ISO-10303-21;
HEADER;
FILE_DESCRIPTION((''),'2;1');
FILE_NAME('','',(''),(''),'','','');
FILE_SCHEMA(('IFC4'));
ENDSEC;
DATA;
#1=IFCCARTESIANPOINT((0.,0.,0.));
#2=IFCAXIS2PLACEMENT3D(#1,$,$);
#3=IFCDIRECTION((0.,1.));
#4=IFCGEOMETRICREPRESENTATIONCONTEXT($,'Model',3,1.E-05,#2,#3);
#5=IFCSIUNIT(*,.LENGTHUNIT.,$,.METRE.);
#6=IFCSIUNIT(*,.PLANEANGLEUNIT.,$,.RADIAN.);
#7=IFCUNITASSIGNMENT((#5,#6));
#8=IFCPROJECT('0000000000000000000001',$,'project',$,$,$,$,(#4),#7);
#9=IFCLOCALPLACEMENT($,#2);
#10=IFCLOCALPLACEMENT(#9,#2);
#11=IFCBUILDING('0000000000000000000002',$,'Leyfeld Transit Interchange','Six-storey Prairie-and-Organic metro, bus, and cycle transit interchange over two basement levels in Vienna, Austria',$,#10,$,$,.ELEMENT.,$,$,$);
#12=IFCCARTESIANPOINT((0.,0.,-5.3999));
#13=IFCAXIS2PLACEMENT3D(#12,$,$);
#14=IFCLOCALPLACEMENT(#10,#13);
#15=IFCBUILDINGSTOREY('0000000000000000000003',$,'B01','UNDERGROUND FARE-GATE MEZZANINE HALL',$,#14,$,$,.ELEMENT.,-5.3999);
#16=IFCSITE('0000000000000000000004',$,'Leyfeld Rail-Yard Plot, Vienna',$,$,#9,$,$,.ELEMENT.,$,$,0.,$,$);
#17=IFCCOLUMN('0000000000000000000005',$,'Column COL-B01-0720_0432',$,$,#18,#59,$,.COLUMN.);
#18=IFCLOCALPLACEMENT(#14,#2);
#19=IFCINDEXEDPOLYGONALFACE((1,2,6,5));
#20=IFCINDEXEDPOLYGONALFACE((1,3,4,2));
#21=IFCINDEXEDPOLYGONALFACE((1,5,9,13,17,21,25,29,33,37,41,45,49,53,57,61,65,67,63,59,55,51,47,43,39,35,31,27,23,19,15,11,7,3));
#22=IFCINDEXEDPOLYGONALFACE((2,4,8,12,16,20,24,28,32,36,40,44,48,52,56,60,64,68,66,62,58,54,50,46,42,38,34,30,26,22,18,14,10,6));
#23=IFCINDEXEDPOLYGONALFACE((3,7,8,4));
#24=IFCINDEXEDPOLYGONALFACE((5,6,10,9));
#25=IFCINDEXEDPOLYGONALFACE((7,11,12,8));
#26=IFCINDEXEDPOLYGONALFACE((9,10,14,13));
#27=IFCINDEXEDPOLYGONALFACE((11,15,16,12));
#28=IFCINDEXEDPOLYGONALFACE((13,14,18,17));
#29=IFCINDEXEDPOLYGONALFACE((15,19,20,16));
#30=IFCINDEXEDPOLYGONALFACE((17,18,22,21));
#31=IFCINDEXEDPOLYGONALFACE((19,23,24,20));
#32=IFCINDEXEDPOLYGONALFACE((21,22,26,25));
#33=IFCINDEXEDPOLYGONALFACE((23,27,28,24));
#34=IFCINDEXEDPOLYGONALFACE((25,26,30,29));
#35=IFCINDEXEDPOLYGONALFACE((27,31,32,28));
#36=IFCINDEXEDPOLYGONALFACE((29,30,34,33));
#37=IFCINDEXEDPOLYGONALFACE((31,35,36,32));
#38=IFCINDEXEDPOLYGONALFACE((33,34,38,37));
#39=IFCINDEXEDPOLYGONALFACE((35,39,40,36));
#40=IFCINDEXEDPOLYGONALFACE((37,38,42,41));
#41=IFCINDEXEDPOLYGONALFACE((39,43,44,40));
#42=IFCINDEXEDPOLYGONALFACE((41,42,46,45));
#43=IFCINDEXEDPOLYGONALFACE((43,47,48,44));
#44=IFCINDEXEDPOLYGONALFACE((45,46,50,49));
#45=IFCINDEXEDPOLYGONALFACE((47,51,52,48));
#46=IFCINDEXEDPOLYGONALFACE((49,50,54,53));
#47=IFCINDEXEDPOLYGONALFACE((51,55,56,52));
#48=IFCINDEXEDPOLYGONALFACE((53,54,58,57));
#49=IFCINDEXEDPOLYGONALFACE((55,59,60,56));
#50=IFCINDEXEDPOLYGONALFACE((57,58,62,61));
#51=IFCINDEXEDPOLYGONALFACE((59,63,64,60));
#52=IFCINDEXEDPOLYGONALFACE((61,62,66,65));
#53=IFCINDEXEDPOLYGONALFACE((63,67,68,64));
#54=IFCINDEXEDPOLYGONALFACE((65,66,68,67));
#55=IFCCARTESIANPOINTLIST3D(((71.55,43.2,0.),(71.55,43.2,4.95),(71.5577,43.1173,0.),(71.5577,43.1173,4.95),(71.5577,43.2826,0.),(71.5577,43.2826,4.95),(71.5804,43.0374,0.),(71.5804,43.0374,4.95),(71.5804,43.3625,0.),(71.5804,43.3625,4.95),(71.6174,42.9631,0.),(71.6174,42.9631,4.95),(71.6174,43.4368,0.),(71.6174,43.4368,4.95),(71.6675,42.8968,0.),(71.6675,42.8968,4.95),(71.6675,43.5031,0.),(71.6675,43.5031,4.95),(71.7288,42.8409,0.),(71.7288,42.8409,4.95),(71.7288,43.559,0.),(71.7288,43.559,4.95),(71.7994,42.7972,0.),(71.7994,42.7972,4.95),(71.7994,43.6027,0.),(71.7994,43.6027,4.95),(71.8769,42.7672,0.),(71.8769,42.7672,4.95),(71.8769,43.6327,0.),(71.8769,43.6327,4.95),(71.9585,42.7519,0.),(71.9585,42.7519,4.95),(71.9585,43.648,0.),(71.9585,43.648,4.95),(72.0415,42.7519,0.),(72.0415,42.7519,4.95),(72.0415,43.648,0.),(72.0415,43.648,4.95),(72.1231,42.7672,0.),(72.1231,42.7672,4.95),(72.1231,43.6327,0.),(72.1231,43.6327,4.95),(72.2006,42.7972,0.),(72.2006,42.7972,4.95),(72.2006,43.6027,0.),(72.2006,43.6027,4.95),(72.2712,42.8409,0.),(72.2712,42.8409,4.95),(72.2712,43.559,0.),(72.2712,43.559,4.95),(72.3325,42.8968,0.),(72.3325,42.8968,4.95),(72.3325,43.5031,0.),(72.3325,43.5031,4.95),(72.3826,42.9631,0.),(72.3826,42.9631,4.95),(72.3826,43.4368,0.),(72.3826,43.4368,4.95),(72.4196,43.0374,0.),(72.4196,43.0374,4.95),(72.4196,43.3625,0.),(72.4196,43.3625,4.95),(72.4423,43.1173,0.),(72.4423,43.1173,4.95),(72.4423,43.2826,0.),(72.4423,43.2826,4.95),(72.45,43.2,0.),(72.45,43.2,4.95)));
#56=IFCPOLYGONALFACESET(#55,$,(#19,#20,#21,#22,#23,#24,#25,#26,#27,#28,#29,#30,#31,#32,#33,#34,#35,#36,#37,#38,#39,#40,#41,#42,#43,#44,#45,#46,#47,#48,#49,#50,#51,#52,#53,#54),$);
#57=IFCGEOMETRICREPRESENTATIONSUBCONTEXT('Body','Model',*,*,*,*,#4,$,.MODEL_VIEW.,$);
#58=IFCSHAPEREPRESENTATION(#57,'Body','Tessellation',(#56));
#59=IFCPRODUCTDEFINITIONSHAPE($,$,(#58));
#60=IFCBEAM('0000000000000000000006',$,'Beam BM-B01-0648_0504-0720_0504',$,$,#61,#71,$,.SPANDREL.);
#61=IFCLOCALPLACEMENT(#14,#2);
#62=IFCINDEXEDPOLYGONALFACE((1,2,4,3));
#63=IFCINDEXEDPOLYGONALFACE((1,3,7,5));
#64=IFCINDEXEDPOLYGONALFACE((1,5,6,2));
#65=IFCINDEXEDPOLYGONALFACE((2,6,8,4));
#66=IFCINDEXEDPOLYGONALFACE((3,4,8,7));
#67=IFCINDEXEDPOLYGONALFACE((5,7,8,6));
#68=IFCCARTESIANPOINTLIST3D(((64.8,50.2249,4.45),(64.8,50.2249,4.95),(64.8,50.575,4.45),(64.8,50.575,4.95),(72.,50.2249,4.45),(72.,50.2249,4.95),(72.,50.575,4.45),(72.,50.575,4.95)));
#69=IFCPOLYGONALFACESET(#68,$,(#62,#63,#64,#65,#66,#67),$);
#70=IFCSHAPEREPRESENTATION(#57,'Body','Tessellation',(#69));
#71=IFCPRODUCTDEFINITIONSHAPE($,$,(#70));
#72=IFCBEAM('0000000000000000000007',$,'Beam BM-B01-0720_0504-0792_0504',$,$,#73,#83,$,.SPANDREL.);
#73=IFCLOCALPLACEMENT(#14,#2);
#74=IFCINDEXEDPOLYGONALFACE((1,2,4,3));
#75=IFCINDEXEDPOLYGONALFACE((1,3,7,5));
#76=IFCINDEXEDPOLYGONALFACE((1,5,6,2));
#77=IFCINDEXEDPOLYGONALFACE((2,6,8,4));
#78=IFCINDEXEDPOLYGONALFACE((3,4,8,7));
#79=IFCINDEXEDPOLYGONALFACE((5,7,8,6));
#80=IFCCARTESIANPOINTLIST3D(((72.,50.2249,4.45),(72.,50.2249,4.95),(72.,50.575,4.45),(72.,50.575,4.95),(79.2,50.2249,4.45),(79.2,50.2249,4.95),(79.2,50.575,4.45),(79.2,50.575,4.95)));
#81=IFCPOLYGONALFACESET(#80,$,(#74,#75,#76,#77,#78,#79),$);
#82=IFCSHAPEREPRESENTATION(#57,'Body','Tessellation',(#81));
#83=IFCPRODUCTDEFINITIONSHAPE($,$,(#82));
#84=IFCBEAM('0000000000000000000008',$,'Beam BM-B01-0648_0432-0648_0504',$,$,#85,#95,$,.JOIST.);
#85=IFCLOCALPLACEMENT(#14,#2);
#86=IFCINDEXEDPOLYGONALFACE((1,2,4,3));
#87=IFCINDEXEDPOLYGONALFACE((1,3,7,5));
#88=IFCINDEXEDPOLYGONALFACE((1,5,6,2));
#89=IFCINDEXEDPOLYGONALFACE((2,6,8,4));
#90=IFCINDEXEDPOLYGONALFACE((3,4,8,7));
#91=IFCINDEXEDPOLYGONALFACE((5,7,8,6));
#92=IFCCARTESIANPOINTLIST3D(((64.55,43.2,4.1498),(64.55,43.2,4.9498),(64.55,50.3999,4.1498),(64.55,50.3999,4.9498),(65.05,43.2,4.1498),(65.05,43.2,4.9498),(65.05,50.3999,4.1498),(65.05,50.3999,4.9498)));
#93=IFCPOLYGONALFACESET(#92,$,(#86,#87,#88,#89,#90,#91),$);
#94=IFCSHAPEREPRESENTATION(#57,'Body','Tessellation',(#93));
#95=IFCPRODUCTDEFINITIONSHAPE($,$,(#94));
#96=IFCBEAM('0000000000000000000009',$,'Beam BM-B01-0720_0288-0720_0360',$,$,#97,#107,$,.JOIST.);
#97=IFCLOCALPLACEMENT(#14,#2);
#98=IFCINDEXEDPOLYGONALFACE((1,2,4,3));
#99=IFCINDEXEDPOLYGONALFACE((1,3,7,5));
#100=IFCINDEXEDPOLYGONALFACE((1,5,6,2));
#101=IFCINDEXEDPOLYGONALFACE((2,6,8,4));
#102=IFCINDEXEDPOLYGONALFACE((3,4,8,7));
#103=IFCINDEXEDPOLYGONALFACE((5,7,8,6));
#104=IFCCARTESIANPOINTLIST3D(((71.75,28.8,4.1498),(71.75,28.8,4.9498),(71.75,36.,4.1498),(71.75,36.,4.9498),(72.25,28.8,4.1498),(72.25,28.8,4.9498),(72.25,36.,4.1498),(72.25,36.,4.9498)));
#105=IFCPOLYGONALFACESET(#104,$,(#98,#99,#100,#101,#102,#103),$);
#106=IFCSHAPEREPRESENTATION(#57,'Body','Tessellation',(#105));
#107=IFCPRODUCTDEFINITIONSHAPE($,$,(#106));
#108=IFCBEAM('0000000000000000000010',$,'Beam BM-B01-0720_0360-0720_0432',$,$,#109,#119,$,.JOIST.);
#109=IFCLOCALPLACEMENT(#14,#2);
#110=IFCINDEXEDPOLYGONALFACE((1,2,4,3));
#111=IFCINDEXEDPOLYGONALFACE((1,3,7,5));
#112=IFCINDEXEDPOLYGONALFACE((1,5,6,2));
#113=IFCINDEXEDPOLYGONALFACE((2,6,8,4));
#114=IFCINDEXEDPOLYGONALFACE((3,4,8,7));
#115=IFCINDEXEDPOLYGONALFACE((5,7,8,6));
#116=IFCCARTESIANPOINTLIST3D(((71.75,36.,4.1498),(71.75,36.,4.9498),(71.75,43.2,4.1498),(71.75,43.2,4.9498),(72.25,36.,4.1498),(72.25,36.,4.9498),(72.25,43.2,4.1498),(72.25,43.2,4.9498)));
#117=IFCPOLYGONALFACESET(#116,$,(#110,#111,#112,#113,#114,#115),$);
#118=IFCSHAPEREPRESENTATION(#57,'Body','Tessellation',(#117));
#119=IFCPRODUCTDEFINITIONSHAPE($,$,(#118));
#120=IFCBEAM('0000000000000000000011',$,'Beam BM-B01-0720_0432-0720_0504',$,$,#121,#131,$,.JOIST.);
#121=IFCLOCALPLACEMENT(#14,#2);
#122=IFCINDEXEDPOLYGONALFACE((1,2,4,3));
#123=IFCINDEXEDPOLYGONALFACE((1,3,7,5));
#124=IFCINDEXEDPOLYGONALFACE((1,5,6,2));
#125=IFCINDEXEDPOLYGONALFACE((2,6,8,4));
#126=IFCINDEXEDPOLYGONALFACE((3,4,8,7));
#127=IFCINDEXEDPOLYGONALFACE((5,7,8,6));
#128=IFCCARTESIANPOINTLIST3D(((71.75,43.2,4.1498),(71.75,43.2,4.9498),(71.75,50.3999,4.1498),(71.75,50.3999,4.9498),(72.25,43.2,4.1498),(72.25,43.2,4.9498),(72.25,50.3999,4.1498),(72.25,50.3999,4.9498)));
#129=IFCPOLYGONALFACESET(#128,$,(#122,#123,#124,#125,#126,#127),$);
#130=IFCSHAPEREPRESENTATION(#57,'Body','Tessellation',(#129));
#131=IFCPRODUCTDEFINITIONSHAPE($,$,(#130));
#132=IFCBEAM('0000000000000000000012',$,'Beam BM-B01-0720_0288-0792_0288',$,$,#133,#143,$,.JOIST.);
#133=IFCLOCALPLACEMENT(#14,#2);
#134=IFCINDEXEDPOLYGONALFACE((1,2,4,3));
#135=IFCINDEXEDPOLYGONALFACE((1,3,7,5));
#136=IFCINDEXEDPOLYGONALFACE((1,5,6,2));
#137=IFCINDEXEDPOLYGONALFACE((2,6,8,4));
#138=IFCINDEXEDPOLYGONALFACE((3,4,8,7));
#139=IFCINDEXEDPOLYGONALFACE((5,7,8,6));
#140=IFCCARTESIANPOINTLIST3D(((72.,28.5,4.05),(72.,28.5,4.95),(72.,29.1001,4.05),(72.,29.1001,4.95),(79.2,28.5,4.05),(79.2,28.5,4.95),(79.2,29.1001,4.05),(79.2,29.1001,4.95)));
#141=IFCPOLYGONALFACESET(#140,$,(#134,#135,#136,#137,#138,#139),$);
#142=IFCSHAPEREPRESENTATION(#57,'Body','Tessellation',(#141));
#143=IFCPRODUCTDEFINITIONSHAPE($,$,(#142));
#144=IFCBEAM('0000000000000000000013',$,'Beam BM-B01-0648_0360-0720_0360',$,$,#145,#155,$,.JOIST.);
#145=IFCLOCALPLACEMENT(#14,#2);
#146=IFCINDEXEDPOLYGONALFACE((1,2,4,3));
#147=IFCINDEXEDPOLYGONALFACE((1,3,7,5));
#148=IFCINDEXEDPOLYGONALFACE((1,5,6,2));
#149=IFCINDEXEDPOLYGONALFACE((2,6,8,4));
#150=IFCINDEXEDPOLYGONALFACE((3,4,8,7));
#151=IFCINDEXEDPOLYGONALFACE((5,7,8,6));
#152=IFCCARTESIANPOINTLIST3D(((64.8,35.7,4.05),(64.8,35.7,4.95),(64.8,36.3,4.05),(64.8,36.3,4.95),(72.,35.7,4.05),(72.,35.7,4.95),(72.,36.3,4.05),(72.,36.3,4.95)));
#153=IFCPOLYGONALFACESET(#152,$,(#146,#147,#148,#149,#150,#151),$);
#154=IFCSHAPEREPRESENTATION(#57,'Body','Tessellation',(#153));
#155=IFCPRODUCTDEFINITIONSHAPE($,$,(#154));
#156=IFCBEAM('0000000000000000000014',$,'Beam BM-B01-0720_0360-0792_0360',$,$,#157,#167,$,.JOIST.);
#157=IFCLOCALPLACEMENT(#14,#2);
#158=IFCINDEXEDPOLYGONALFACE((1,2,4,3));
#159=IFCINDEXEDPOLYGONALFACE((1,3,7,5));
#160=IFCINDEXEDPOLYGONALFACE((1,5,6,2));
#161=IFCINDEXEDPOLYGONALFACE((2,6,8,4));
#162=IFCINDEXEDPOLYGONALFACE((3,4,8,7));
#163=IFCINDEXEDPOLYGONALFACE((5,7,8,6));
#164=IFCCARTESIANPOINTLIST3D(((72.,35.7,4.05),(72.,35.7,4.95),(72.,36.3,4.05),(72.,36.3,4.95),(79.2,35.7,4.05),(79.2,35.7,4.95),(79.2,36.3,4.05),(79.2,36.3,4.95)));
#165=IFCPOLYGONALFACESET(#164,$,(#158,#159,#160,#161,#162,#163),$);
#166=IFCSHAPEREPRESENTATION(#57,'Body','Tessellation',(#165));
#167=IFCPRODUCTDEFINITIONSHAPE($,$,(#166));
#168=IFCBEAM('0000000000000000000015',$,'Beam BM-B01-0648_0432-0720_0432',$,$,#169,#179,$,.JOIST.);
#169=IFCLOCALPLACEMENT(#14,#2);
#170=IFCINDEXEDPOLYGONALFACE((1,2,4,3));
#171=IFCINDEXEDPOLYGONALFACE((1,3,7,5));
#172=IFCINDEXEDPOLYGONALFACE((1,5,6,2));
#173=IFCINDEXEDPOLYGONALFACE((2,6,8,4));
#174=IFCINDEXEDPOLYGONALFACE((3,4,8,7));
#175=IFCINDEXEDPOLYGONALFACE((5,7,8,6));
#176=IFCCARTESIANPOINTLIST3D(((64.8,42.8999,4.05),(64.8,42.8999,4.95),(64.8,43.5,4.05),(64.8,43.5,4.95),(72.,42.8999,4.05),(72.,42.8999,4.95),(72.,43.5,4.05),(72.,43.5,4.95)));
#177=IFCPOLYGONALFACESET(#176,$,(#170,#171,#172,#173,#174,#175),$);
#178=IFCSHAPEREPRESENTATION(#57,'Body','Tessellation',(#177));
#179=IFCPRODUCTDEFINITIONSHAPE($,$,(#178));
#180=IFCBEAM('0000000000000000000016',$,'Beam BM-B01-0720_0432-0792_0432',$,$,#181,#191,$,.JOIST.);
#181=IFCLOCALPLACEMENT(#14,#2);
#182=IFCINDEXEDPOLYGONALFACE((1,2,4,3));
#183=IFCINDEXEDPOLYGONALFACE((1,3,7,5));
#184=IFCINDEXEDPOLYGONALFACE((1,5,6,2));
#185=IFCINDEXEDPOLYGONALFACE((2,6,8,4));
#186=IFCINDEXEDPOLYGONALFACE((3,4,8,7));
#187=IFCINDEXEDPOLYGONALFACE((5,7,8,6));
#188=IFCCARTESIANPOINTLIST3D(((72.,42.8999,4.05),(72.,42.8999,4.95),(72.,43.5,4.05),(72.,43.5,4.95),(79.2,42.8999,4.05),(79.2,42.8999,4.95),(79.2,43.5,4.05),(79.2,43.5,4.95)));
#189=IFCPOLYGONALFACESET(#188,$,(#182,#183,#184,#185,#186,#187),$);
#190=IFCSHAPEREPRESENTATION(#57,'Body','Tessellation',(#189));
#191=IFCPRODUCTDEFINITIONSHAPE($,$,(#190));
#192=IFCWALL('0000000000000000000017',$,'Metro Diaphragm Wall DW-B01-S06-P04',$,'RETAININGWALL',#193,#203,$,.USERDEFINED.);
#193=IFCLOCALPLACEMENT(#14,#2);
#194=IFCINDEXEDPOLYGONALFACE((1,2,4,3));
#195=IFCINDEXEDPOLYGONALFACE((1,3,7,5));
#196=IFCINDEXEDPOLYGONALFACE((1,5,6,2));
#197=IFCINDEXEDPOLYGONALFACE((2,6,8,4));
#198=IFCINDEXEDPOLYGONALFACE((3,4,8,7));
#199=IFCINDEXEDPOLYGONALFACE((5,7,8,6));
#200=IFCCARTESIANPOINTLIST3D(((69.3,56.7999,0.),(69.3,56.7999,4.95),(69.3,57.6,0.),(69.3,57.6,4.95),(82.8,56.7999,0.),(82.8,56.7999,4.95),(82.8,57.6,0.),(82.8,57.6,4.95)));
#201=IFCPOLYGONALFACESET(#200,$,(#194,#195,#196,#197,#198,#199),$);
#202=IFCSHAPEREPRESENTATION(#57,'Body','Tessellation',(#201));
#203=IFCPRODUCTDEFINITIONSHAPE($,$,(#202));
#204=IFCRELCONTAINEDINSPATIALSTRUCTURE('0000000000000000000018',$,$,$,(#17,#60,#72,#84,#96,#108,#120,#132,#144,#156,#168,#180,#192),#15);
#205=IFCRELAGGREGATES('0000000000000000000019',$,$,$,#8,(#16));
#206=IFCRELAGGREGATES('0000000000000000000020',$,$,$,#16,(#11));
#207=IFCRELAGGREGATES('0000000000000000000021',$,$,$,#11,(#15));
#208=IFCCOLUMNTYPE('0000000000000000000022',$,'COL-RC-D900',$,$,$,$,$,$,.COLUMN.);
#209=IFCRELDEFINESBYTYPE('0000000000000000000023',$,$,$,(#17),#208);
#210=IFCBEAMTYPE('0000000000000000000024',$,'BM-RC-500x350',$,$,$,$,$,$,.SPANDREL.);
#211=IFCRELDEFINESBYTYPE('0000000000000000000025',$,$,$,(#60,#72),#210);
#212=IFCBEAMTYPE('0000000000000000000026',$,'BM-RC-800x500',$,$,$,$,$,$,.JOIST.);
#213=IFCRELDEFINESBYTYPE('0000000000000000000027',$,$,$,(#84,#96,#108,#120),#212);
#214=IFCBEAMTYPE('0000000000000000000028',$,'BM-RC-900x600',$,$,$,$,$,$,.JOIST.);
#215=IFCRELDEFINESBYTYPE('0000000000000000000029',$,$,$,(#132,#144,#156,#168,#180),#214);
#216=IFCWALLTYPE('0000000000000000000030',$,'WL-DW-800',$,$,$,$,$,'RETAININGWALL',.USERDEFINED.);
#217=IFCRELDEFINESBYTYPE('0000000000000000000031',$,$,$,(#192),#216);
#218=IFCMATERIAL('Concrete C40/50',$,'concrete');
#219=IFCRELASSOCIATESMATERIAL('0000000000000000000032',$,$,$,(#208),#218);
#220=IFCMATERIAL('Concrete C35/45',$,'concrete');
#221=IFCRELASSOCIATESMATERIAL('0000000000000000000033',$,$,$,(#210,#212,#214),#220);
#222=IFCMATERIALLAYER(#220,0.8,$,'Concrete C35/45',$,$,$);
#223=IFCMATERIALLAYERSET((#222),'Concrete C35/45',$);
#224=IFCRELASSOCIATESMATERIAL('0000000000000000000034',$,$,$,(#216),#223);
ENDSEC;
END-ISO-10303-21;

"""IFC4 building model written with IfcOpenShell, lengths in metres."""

from ifc_helpers import new_model, si_unit, direction, frame, frame_2d, origin, origin_2d, place, context, subcontext, project, spatial, rectangle, circle, extrude, material, layer, layer_set, material_profile, profile_set, type_object, element, save


model = new_model("IFC4")

# Units and contexts
model_context = context("Model", 3, precision=1e-05, world=origin(), true_north=direction((0.0, 1.0)))
body_context = subcontext(model_context, "Body", "Model", "MODEL_VIEW")
ifc_project = project(units=[si_unit("LENGTHUNIT", "METRE"), si_unit("PLANEANGLEUNIT", "RADIAN")], contexts=[model_context])

# Site, building, storey
site_placement = place(None, origin())
site = spatial("IfcSite", under=ifc_project, at=site_placement, Name="Leyfeld Rail-Yard Plot, Vienna", CompositionType="ELEMENT", RefElevation=0.0)
building_placement = place(site_placement, origin())
building = spatial("IfcBuilding", under=site, at=building_placement, Name="Leyfeld Transit Interchange", Description="Six-storey Prairie-and-Organic metro, bus, and cycle transit interchange over two basement levels in Vienna, Austria", CompositionType="ELEMENT")
storey_placement = place(building_placement, frame((0.0, 0.0, -5.3999)))
storey = spatial("IfcBuildingStorey", under=building, at=storey_placement, Name="B01", Description="UNDERGROUND FARE-GATE MEZZANINE HALL", CompositionType="ELEMENT", Elevation=-5.3999)

# Column
ifc_material_1 = material(Name="Concrete C35/45", Category="concrete")
ifc_material_2 = material(Name="Concrete C40/50", Category="concrete")
ifc_material_profile_1 = material_profile(ifc_material_2, circle(Radius=0.45, at=origin_2d()), Name="RC D900")
ifc_profile_set_1 = profile_set([ifc_material_profile_1], Name="Concrete C40/50")
column_type_1 = type_object("IfcColumnType", Name="COL-RC-D900", PredefinedType="COLUMN", material=ifc_profile_set_1)
for number, where, z_axis, x_axis, name in (
    (1, (72.0, 43.2, 0.0), (0.0, 0.0, 1.0), (1.0, 0.0, 0.0), "Column COL-B01-0720_0432"),
):
    element("IfcColumn", number, at=place(storey_placement, frame(where, z_axis=z_axis, x_axis=x_axis)), inside=storey, type_object=column_type_1, Name=name, PredefinedType="COLUMN", context=body_context, shape_type="SweptSolid", body=[
        extrude(circle(Radius=0.45, at=origin_2d()), origin(), (0.0, 0.0, 1.0), 4.95),
    ])

# Beams
ifc_material_profile_2 = material_profile(ifc_material_1, rectangle(XDim=0.3501, YDim=0.5, at=origin_2d()), Name="RC 500x350")
ifc_profile_set_2 = profile_set([ifc_material_profile_2], Name="Concrete C35/45")
beam_type_1 = type_object("IfcBeamType", Name="BM-RC-500x350", PredefinedType="SPANDREL", material=ifc_profile_set_2)
for number, where, z_axis, x_axis, name in (
    (2, (64.8, 50.3999, 4.7), (1.0, 0.0, 0.0), (0.0, 1.0, 0.0), "Beam BM-B01-0648_0504-0720_0504"),
    (3, (72.0, 50.3999, 4.7), (1.0, 0.0, 0.0), (0.0, 1.0, 0.0), "Beam BM-B01-0720_0504-0792_0504"),
):
    element("IfcBeam", number, at=place(storey_placement, frame(where, z_axis=z_axis, x_axis=x_axis)), inside=storey, type_object=beam_type_1, Name=name, PredefinedType="SPANDREL", context=body_context, shape_type="SweptSolid", body=[
        extrude(rectangle(XDim=0.3501, YDim=0.5, at=origin_2d()), origin(), (0.0, 0.0, 1.0), 7.2),
    ])
ifc_material_profile_3 = material_profile(ifc_material_1, rectangle(XDim=0.5, YDim=0.8, at=origin_2d()), Name="RC 800x500")
ifc_profile_set_3 = profile_set([ifc_material_profile_3], Name="Concrete C35/45")
beam_type_2 = type_object("IfcBeamType", Name="BM-RC-800x500", PredefinedType="JOIST", material=ifc_profile_set_3)
for number, where, z_axis, x_axis, name in (
    (4, (64.8, 43.2, 4.5498), (0.0, 1.0, 0.0), (-1.0, 0.0, 0.0), "Beam BM-B01-0648_0432-0648_0504"),
    (5, (72.0, 28.8, 4.5498), (0.0, 1.0, 0.0), (-1.0, 0.0, 0.0), "Beam BM-B01-0720_0288-0720_0360"),
    (6, (72.0, 36.0, 4.5498), (0.0, 1.0, 0.0), (-1.0, 0.0, 0.0), "Beam BM-B01-0720_0360-0720_0432"),
    (7, (72.0, 43.2, 4.5498), (0.0, 1.0, 0.0), (-1.0, 0.0, 0.0), "Beam BM-B01-0720_0432-0720_0504"),
):
    element("IfcBeam", number, at=place(storey_placement, frame(where, z_axis=z_axis, x_axis=x_axis)), inside=storey, type_object=beam_type_2, Name=name, PredefinedType="JOIST", context=body_context, shape_type="SweptSolid", body=[
        extrude(rectangle(XDim=0.5, YDim=0.8, at=origin_2d()), origin(), (0.0, 0.0, 1.0), 7.2),
    ])
ifc_material_profile_4 = material_profile(ifc_material_1, rectangle(XDim=0.6001, YDim=0.8999, at=origin_2d()), Name="RC 900x600")
ifc_profile_set_4 = profile_set([ifc_material_profile_4], Name="Concrete C35/45")
beam_type_3 = type_object("IfcBeamType", Name="BM-RC-900x600", PredefinedType="JOIST", material=ifc_profile_set_4)
for number, where, z_axis, x_axis, name in (
    (8, (72.0, 28.8, 4.5), (1.0, 0.0, 0.0), (0.0, 1.0, 0.0), "Beam BM-B01-0720_0288-0792_0288"),
    (9, (64.8, 36.0, 4.5), (1.0, 0.0, 0.0), (0.0, 1.0, 0.0), "Beam BM-B01-0648_0360-0720_0360"),
    (10, (72.0, 36.0, 4.5), (1.0, 0.0, 0.0), (0.0, 1.0, 0.0), "Beam BM-B01-0720_0360-0792_0360"),
    (11, (64.8, 43.2, 4.5), (1.0, 0.0, 0.0), (0.0, 1.0, 0.0), "Beam BM-B01-0648_0432-0720_0432"),
    (12, (72.0, 43.2, 4.5), (1.0, 0.0, 0.0), (0.0, 1.0, 0.0), "Beam BM-B01-0720_0432-0792_0432"),
):
    element("IfcBeam", number, at=place(storey_placement, frame(where, z_axis=z_axis, x_axis=x_axis)), inside=storey, type_object=beam_type_3, Name=name, PredefinedType="JOIST", context=body_context, shape_type="SweptSolid", body=[
        extrude(rectangle(XDim=0.6001, YDim=0.8999, at=origin_2d()), origin(), (0.0, 0.0, 1.0), 7.2),
    ])

# Wall
ifc_layer_1 = layer(ifc_material_1, 0.8, Name="Concrete C35/45")
ifc_layer_set_1 = layer_set([ifc_layer_1], Name="Concrete C35/45")
wall_type_1 = type_object("IfcWallType", Name="WL-DW-800", ElementType="RETAININGWALL", PredefinedType="USERDEFINED", material=ifc_layer_set_1)
wall_1_placement = place(storey_placement, frame((69.3, 57.2, 0.0), z_axis=(0.0, 0.0, 1.0), x_axis=(1.0, 0.0, 0.0)))
element("IfcWall", 13, at=wall_1_placement, inside=storey, type_object=wall_type_1, Name="Metro Diaphragm Wall DW-B01-S06-P04", ObjectType="RETAININGWALL", PredefinedType="USERDEFINED", context=body_context, shape_type="SweptSolid", body=[
    extrude(rectangle(XDim=13.5, YDim=0.8, at=frame_2d((6.75, 0.0))), origin(), (0.0, 0.0, 1.0), 4.95),
])

save(model, "model.ifc")
